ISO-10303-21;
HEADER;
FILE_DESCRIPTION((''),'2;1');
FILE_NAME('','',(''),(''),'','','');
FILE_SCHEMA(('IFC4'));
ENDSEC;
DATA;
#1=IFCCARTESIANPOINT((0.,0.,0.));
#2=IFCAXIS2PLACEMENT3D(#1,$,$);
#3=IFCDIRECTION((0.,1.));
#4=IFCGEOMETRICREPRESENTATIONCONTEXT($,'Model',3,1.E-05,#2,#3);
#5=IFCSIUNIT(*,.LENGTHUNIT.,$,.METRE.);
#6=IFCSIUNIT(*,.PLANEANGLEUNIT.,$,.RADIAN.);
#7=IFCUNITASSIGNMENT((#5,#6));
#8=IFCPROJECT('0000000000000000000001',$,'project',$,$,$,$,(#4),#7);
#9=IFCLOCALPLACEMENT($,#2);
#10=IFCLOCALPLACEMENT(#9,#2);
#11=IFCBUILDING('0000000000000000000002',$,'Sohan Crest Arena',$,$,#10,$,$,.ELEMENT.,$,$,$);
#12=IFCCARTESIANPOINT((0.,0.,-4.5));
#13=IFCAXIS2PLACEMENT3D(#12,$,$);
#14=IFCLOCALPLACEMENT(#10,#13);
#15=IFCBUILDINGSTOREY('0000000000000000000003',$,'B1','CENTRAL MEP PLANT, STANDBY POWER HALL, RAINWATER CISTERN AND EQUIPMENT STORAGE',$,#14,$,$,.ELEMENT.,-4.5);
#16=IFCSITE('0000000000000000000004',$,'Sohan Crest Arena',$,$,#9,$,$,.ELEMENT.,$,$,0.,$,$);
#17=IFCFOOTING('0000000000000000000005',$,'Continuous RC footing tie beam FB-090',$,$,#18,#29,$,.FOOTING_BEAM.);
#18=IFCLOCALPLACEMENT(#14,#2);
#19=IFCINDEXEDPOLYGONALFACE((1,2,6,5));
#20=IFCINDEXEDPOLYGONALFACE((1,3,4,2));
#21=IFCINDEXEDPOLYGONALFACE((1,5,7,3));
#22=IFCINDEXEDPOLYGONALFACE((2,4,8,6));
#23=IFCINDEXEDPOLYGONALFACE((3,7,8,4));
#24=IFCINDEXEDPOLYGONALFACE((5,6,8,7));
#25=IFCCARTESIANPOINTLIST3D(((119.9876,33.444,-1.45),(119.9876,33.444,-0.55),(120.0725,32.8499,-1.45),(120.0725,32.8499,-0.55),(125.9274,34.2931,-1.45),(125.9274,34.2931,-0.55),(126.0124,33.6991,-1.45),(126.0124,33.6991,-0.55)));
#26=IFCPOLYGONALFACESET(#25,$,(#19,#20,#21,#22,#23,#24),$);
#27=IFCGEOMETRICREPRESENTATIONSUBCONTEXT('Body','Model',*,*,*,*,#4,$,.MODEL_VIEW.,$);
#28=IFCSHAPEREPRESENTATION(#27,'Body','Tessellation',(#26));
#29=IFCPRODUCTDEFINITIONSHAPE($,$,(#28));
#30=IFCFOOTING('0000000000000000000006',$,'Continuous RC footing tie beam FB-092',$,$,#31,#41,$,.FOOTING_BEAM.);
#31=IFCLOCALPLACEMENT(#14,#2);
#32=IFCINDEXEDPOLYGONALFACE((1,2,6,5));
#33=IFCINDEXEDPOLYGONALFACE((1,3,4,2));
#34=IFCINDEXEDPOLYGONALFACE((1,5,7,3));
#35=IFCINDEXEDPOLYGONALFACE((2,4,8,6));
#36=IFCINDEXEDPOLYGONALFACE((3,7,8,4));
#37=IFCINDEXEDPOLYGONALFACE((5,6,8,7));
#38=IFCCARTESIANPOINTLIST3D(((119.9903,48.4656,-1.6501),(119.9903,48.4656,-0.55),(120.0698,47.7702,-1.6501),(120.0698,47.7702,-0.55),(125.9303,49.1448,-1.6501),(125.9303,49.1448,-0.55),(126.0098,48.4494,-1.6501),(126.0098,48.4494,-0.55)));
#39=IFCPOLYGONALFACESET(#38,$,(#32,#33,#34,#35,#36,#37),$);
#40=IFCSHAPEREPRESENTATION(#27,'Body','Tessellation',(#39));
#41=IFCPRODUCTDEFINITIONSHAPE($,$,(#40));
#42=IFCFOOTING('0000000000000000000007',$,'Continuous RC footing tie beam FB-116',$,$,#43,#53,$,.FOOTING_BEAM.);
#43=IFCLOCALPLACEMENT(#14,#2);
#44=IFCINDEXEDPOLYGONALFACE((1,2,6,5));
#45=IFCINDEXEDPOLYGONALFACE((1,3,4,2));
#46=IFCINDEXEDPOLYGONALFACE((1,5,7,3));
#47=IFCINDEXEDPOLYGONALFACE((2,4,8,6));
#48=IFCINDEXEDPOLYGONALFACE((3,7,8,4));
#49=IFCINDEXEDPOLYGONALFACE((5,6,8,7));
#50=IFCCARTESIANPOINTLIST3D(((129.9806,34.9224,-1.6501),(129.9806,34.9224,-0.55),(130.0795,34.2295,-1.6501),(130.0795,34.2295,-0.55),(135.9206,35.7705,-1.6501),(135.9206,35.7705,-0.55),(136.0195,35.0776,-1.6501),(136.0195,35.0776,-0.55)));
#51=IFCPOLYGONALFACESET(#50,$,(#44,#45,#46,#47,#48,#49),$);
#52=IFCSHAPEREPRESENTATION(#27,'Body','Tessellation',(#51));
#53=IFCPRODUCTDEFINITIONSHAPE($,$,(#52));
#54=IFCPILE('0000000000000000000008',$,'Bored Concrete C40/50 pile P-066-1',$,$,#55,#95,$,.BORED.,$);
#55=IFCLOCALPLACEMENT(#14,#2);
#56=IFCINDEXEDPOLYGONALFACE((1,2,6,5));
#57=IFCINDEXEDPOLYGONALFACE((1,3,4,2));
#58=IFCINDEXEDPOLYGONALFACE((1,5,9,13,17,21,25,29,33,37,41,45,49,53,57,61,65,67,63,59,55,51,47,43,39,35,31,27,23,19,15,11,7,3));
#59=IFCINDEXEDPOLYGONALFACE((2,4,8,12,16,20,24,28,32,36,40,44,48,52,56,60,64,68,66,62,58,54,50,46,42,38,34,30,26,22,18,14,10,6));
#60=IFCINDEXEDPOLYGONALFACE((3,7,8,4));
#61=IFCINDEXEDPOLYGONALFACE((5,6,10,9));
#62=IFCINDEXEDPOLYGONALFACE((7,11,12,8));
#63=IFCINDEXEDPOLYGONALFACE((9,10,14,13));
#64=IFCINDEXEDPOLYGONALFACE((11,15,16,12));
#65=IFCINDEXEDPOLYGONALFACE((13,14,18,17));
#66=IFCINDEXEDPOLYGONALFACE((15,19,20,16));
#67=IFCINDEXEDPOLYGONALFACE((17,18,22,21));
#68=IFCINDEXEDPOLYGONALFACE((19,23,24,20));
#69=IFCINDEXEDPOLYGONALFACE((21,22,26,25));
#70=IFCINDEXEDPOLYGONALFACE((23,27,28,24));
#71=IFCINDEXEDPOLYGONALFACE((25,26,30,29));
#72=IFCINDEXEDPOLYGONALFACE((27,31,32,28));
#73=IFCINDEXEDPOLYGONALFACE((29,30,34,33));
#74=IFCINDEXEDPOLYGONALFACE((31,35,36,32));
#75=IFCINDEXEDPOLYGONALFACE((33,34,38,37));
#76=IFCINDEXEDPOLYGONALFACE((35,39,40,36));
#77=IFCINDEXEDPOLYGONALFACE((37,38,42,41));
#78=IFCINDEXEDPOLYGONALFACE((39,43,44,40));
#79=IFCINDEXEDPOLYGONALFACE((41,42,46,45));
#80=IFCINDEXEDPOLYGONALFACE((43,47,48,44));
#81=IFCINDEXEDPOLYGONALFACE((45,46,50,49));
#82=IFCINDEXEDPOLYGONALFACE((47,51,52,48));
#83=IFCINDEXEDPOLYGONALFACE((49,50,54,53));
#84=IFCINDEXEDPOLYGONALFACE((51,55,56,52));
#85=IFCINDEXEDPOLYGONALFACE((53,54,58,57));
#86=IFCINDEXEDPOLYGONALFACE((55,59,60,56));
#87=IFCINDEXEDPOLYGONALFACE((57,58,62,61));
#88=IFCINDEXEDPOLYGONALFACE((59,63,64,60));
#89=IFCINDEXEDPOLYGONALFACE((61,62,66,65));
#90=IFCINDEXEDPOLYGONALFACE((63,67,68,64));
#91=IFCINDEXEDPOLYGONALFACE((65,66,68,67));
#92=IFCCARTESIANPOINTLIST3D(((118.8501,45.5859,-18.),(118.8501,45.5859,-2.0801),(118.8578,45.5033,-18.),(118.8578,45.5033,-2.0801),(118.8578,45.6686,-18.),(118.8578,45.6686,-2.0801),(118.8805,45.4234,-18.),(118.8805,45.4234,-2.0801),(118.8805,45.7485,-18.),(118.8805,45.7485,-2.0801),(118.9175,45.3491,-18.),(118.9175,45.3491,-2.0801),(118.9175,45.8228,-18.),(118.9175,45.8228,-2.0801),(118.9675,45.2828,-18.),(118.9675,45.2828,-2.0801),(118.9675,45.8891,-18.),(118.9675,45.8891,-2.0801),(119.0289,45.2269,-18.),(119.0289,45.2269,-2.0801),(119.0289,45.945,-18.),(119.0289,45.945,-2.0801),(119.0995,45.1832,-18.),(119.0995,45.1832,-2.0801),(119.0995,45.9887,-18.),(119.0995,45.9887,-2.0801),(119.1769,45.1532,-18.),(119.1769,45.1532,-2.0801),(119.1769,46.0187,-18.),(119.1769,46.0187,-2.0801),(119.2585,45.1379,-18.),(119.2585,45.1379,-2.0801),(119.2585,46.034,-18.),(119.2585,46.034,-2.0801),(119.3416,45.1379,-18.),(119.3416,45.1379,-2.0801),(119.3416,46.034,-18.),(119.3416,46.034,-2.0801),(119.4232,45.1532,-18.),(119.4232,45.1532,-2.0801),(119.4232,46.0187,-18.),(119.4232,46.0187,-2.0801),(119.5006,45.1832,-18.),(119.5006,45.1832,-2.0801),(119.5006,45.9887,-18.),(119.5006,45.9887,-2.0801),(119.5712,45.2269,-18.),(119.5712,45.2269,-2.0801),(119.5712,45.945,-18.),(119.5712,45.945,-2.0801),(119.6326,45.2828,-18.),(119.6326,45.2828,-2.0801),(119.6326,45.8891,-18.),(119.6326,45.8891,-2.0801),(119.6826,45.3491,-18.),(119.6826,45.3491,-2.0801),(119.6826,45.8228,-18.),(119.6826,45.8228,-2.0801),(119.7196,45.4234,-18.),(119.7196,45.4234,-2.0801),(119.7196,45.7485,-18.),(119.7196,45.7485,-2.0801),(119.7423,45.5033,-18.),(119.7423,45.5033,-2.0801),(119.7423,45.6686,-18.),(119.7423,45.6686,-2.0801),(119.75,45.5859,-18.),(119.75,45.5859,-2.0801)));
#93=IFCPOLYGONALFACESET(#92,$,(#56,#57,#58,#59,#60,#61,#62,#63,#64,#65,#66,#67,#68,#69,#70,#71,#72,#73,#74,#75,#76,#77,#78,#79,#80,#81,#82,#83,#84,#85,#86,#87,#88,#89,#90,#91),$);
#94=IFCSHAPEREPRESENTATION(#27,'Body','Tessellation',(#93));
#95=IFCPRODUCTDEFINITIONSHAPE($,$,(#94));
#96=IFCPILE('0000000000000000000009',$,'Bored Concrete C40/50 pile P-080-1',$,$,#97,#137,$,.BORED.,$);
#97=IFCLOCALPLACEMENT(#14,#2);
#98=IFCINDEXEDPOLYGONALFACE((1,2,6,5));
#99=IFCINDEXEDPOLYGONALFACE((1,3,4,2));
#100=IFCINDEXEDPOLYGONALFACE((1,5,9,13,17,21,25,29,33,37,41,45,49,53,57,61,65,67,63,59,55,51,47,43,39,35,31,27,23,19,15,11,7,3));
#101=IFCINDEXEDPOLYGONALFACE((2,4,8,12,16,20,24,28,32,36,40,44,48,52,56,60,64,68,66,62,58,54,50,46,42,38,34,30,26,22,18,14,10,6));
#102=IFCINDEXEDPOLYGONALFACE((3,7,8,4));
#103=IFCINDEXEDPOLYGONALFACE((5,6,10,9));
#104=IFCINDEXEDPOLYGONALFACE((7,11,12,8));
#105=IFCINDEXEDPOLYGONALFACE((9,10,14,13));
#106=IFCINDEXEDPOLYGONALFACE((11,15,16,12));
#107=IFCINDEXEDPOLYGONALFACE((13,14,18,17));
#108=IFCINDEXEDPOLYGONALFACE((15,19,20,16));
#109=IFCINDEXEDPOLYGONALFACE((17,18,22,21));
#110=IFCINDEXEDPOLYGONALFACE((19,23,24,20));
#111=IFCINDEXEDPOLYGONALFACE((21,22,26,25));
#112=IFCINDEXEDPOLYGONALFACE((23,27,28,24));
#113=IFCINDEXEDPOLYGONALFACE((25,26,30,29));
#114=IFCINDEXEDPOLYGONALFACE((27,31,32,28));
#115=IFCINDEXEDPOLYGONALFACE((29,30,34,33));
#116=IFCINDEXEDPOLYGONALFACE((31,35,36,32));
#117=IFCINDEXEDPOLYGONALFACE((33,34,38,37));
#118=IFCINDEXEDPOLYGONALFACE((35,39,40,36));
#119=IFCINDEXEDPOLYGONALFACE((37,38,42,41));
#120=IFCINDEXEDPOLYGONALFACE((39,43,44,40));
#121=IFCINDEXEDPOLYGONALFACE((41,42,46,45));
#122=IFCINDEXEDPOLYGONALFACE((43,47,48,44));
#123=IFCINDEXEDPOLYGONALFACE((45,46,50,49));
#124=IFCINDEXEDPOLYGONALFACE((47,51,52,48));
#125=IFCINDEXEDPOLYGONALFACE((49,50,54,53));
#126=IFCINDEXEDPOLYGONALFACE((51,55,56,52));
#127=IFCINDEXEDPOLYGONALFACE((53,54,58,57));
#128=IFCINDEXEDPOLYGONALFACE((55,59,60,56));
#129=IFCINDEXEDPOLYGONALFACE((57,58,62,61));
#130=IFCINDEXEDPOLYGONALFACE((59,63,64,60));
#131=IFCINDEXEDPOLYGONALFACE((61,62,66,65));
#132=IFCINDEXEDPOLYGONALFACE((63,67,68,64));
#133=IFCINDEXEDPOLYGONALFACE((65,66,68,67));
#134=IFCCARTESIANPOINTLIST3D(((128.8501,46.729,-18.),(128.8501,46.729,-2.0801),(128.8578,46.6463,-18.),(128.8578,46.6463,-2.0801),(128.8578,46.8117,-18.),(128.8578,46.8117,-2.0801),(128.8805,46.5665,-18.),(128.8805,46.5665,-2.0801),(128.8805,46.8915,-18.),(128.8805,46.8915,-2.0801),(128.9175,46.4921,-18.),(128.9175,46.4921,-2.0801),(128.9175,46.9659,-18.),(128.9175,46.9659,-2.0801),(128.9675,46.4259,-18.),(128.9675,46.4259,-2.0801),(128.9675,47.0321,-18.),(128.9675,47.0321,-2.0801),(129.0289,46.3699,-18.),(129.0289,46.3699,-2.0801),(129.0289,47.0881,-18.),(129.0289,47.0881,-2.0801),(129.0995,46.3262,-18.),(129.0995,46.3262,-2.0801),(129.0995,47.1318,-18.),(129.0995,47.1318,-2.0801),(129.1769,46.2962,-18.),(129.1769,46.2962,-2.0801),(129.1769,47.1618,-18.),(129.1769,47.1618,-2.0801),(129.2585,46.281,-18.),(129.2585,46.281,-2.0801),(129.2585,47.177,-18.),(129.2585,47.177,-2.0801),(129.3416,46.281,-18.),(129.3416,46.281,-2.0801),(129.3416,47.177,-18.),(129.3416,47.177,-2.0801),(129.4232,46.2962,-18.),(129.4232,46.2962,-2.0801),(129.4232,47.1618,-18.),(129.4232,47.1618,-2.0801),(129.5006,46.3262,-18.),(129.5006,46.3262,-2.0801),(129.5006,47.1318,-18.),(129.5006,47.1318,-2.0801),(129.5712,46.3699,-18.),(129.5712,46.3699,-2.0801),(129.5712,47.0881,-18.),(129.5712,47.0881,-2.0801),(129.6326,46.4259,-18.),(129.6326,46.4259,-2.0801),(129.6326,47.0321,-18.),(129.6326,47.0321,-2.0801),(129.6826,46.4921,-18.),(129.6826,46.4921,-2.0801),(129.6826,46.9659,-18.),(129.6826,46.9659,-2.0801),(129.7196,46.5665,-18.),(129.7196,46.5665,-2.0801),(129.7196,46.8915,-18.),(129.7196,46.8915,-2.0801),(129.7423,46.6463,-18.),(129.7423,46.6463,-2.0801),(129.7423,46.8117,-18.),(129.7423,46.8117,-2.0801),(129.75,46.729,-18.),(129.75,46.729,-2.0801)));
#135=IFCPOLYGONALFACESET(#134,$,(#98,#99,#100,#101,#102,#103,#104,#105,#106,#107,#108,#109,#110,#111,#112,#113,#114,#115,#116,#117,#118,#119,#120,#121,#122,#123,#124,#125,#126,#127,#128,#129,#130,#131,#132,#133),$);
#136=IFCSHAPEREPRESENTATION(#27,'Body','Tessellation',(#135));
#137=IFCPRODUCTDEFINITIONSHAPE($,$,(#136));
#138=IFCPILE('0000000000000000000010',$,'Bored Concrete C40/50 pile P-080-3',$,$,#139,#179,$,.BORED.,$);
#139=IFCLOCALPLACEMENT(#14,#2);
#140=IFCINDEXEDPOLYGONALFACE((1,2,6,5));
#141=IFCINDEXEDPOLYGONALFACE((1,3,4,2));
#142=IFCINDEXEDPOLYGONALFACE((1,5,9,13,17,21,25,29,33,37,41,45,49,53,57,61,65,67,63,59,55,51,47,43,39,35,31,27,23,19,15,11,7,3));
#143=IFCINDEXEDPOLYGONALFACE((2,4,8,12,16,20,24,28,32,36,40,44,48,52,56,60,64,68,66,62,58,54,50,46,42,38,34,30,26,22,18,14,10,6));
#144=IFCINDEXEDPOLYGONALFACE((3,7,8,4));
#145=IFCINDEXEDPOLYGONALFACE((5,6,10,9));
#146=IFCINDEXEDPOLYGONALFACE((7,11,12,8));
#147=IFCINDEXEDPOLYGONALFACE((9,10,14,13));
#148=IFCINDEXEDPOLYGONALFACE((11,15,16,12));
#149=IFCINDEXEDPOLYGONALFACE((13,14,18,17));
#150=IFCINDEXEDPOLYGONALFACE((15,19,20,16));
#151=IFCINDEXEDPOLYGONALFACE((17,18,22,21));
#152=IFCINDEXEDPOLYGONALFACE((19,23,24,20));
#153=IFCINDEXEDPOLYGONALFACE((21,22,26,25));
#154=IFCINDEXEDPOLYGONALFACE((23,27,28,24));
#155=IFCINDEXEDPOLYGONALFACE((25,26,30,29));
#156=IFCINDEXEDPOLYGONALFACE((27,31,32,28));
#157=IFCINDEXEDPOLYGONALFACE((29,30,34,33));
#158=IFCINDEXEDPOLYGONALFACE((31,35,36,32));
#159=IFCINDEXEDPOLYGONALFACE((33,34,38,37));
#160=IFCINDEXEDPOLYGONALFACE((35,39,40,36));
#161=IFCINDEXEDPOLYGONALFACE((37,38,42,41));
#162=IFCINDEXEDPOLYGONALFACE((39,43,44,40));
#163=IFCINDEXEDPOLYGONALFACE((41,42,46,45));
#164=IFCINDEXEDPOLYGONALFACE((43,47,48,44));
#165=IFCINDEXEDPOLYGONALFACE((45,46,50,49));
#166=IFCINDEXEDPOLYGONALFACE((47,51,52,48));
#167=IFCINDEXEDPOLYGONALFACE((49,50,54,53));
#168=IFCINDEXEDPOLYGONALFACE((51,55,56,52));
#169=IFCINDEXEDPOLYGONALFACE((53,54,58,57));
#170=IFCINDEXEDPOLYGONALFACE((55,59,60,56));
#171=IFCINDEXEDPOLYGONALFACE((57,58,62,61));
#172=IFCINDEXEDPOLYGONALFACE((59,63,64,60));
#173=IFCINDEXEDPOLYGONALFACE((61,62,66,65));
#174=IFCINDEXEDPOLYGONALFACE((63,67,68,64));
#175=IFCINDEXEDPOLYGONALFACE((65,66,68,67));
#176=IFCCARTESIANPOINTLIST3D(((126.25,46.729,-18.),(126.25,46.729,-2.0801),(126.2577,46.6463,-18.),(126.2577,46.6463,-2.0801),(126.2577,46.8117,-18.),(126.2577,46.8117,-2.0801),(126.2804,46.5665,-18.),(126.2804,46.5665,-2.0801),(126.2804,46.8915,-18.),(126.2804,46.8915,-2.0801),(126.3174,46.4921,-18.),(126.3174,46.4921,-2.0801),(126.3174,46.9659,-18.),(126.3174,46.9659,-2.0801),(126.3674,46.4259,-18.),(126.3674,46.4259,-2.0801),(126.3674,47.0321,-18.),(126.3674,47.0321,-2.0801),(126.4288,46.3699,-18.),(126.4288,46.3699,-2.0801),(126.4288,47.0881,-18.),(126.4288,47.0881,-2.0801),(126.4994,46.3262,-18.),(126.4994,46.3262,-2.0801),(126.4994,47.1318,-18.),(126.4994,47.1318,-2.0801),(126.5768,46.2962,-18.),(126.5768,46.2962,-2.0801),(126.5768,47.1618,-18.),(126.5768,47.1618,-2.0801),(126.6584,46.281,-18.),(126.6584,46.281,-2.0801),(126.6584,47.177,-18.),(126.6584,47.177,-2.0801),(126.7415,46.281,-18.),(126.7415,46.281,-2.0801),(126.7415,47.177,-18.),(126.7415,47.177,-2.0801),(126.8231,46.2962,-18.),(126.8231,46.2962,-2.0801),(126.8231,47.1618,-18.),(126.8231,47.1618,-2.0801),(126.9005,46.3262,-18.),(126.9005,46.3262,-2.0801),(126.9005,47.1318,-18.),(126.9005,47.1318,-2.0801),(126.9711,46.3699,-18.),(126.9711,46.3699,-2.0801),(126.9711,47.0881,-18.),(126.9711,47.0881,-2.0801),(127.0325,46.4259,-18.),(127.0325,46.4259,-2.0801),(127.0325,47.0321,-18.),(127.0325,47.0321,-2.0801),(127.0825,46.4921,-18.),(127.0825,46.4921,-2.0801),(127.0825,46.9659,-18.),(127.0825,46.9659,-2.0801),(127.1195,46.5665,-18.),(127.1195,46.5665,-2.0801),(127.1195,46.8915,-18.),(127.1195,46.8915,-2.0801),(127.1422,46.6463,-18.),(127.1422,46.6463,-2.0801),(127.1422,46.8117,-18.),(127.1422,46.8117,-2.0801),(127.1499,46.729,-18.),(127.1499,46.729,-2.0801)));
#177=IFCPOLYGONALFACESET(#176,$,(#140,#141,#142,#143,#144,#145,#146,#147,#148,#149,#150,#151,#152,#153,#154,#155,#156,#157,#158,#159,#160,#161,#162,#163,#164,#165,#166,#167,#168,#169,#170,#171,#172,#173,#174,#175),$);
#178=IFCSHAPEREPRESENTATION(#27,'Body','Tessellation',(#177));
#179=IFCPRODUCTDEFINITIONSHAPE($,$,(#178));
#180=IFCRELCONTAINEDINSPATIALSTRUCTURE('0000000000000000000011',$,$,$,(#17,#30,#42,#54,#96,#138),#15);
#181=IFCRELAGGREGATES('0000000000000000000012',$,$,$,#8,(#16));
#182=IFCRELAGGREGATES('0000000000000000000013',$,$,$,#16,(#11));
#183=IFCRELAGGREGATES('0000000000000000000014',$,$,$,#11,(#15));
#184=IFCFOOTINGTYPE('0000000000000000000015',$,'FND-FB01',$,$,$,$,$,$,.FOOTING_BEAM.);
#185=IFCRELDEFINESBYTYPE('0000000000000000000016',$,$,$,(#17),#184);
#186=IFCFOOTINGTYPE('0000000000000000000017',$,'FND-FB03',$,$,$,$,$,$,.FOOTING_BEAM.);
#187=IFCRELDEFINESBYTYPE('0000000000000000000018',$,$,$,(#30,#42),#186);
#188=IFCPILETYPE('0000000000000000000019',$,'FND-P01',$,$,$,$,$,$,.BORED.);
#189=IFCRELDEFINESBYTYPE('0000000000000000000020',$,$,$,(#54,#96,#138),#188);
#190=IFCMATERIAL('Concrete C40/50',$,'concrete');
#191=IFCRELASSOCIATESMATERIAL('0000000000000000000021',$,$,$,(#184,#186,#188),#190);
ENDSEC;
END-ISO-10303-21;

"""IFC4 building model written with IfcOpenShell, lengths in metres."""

from ifc_helpers import new_model, si_unit, direction, frame, origin, origin_2d, place, context, subcontext, project, spatial, rectangle, circle, extrude, material, material_profile, profile_set, type_object, element, save


model = new_model("IFC4")

# Units and contexts
model_context = context("Model", 3, precision=1e-05, world=origin(), true_north=direction((0.0, 1.0)))
body_context = subcontext(model_context, "Body", "Model", "MODEL_VIEW")
ifc_project = project(units=[si_unit("LENGTHUNIT", "METRE"), si_unit("PLANEANGLEUNIT", "RADIAN")], contexts=[model_context])

# Site, building, storey
site_placement = place(None, origin())
site = spatial("IfcSite", under=ifc_project, at=site_placement, Name="Sohan Crest Arena", CompositionType="ELEMENT", RefElevation=0.0)
building_placement = place(site_placement, origin())
building = spatial("IfcBuilding", under=site, at=building_placement, Name="Sohan Crest Arena", CompositionType="ELEMENT")
storey_placement = place(building_placement, frame((0.0, 0.0, -4.5)))
storey = spatial("IfcBuildingStorey", under=building, at=storey_placement, Name="B1", Description="CENTRAL MEP PLANT, STANDBY POWER HALL, RAINWATER CISTERN AND EQUIPMENT STORAGE", CompositionType="ELEMENT", Elevation=-4.5)

# Footings
ifc_material_1 = material(Name="Concrete C40/50", Category="concrete")
ifc_material_profile_1 = material_profile(ifc_material_1, rectangle(XDim=0.6001, YDim=0.8999, at=origin_2d()), Name="RC-FB 600x900")
ifc_profile_set_1 = profile_set([ifc_material_profile_1], Name="Concrete C40/50")
footing_type_1 = type_object("IfcFootingType", Name="FND-FB01", PredefinedType="FOOTING_BEAM", material=ifc_profile_set_1)
footing_1_placement = place(storey_placement, frame((120.03, 33.147, -1.0), z_axis=(0.989936, 0.141512, 0.0), x_axis=(-0.141512, 0.989936, 0.0)))
element("IfcFooting", 1, at=footing_1_placement, inside=storey, type_object=footing_type_1, Name="Continuous RC footing tie beam FB-090", PredefinedType="FOOTING_BEAM", context=body_context, shape_type="SweptSolid", body=[
    extrude(rectangle(XDim=0.6001, YDim=0.8999, at=origin_2d()), origin(), (0.0, 0.0, 1.0), 6.0002),
])
ifc_material_profile_2 = material_profile(ifc_material_1, rectangle(XDim=0.7, YDim=1.1001, at=origin_2d()), Name="RC-FB 700x1100")
ifc_profile_set_2 = profile_set([ifc_material_profile_2], Name="Concrete C40/50")
footing_type_2 = type_object("IfcFootingType", Name="FND-FB03", PredefinedType="FOOTING_BEAM", material=ifc_profile_set_2)
footing_2_placement = place(storey_placement, frame((120.03, 48.1179, -1.1001), z_axis=(0.993526, 0.113604, 0.0), x_axis=(-0.113604, 0.993526, 0.0)))
element("IfcFooting", 2, at=footing_2_placement, inside=storey, type_object=footing_type_2, Name="Continuous RC footing tie beam FB-092", PredefinedType="FOOTING_BEAM", context=body_context, shape_type="SweptSolid", body=[
    extrude(rectangle(XDim=0.7, YDim=1.1001, at=origin_2d()), origin(), (0.0, 0.0, 1.0), 5.9788),
])
footing_3_placement = place(storey_placement, frame((130.03, 34.5759, -1.1001), z_axis=(0.989959, 0.141353, 0.0), x_axis=(-0.141353, 0.989959, 0.0)))
element("IfcFooting", 3, at=footing_3_placement, inside=storey, type_object=footing_type_2, Name="Continuous RC footing tie beam FB-116", PredefinedType="FOOTING_BEAM", context=body_context, shape_type="SweptSolid", body=[
    extrude(rectangle(XDim=0.7, YDim=1.1001, at=origin_2d()), origin(), (0.0, 0.0, 1.0), 6.0002),
])

# Piles
ifc_material_profile_3 = material_profile(ifc_material_1, circle(Radius=0.45, at=origin_2d()), Name="PILE D900")
ifc_profile_set_3 = profile_set([ifc_material_profile_3], Name="Concrete C40/50")
pile_type_1 = type_object("IfcPileType", Name="FND-P01", PredefinedType="BORED", material=ifc_profile_set_3)
for number, where, z_axis, x_axis, name in (
    (4, (119.3, 45.5859, -18.0), (0.0, 0.0, 1.0), (1.0, 0.0, 0.0), "Bored Concrete C40/50 pile P-066-1"),
    (5, (129.3, 46.729, -18.0), (0.0, 0.0, 1.0), (1.0, 0.0, 0.0), "Bored Concrete C40/50 pile P-080-1"),
    (6, (126.7, 46.729, -18.0), (0.0, 0.0, 1.0), (1.0, 0.0, 0.0), "Bored Concrete C40/50 pile P-080-3"),
):
    element("IfcPile", number, at=place(storey_placement, frame(where, z_axis=z_axis, x_axis=x_axis)), inside=storey, type_object=pile_type_1, Name=name, PredefinedType="BORED", context=body_context, shape_type="SweptSolid", body=[
        extrude(circle(Radius=0.45, at=origin_2d()), origin(), (0.0, 0.0, 1.0), 15.9199),
    ])

save(model, "model.ifc")
